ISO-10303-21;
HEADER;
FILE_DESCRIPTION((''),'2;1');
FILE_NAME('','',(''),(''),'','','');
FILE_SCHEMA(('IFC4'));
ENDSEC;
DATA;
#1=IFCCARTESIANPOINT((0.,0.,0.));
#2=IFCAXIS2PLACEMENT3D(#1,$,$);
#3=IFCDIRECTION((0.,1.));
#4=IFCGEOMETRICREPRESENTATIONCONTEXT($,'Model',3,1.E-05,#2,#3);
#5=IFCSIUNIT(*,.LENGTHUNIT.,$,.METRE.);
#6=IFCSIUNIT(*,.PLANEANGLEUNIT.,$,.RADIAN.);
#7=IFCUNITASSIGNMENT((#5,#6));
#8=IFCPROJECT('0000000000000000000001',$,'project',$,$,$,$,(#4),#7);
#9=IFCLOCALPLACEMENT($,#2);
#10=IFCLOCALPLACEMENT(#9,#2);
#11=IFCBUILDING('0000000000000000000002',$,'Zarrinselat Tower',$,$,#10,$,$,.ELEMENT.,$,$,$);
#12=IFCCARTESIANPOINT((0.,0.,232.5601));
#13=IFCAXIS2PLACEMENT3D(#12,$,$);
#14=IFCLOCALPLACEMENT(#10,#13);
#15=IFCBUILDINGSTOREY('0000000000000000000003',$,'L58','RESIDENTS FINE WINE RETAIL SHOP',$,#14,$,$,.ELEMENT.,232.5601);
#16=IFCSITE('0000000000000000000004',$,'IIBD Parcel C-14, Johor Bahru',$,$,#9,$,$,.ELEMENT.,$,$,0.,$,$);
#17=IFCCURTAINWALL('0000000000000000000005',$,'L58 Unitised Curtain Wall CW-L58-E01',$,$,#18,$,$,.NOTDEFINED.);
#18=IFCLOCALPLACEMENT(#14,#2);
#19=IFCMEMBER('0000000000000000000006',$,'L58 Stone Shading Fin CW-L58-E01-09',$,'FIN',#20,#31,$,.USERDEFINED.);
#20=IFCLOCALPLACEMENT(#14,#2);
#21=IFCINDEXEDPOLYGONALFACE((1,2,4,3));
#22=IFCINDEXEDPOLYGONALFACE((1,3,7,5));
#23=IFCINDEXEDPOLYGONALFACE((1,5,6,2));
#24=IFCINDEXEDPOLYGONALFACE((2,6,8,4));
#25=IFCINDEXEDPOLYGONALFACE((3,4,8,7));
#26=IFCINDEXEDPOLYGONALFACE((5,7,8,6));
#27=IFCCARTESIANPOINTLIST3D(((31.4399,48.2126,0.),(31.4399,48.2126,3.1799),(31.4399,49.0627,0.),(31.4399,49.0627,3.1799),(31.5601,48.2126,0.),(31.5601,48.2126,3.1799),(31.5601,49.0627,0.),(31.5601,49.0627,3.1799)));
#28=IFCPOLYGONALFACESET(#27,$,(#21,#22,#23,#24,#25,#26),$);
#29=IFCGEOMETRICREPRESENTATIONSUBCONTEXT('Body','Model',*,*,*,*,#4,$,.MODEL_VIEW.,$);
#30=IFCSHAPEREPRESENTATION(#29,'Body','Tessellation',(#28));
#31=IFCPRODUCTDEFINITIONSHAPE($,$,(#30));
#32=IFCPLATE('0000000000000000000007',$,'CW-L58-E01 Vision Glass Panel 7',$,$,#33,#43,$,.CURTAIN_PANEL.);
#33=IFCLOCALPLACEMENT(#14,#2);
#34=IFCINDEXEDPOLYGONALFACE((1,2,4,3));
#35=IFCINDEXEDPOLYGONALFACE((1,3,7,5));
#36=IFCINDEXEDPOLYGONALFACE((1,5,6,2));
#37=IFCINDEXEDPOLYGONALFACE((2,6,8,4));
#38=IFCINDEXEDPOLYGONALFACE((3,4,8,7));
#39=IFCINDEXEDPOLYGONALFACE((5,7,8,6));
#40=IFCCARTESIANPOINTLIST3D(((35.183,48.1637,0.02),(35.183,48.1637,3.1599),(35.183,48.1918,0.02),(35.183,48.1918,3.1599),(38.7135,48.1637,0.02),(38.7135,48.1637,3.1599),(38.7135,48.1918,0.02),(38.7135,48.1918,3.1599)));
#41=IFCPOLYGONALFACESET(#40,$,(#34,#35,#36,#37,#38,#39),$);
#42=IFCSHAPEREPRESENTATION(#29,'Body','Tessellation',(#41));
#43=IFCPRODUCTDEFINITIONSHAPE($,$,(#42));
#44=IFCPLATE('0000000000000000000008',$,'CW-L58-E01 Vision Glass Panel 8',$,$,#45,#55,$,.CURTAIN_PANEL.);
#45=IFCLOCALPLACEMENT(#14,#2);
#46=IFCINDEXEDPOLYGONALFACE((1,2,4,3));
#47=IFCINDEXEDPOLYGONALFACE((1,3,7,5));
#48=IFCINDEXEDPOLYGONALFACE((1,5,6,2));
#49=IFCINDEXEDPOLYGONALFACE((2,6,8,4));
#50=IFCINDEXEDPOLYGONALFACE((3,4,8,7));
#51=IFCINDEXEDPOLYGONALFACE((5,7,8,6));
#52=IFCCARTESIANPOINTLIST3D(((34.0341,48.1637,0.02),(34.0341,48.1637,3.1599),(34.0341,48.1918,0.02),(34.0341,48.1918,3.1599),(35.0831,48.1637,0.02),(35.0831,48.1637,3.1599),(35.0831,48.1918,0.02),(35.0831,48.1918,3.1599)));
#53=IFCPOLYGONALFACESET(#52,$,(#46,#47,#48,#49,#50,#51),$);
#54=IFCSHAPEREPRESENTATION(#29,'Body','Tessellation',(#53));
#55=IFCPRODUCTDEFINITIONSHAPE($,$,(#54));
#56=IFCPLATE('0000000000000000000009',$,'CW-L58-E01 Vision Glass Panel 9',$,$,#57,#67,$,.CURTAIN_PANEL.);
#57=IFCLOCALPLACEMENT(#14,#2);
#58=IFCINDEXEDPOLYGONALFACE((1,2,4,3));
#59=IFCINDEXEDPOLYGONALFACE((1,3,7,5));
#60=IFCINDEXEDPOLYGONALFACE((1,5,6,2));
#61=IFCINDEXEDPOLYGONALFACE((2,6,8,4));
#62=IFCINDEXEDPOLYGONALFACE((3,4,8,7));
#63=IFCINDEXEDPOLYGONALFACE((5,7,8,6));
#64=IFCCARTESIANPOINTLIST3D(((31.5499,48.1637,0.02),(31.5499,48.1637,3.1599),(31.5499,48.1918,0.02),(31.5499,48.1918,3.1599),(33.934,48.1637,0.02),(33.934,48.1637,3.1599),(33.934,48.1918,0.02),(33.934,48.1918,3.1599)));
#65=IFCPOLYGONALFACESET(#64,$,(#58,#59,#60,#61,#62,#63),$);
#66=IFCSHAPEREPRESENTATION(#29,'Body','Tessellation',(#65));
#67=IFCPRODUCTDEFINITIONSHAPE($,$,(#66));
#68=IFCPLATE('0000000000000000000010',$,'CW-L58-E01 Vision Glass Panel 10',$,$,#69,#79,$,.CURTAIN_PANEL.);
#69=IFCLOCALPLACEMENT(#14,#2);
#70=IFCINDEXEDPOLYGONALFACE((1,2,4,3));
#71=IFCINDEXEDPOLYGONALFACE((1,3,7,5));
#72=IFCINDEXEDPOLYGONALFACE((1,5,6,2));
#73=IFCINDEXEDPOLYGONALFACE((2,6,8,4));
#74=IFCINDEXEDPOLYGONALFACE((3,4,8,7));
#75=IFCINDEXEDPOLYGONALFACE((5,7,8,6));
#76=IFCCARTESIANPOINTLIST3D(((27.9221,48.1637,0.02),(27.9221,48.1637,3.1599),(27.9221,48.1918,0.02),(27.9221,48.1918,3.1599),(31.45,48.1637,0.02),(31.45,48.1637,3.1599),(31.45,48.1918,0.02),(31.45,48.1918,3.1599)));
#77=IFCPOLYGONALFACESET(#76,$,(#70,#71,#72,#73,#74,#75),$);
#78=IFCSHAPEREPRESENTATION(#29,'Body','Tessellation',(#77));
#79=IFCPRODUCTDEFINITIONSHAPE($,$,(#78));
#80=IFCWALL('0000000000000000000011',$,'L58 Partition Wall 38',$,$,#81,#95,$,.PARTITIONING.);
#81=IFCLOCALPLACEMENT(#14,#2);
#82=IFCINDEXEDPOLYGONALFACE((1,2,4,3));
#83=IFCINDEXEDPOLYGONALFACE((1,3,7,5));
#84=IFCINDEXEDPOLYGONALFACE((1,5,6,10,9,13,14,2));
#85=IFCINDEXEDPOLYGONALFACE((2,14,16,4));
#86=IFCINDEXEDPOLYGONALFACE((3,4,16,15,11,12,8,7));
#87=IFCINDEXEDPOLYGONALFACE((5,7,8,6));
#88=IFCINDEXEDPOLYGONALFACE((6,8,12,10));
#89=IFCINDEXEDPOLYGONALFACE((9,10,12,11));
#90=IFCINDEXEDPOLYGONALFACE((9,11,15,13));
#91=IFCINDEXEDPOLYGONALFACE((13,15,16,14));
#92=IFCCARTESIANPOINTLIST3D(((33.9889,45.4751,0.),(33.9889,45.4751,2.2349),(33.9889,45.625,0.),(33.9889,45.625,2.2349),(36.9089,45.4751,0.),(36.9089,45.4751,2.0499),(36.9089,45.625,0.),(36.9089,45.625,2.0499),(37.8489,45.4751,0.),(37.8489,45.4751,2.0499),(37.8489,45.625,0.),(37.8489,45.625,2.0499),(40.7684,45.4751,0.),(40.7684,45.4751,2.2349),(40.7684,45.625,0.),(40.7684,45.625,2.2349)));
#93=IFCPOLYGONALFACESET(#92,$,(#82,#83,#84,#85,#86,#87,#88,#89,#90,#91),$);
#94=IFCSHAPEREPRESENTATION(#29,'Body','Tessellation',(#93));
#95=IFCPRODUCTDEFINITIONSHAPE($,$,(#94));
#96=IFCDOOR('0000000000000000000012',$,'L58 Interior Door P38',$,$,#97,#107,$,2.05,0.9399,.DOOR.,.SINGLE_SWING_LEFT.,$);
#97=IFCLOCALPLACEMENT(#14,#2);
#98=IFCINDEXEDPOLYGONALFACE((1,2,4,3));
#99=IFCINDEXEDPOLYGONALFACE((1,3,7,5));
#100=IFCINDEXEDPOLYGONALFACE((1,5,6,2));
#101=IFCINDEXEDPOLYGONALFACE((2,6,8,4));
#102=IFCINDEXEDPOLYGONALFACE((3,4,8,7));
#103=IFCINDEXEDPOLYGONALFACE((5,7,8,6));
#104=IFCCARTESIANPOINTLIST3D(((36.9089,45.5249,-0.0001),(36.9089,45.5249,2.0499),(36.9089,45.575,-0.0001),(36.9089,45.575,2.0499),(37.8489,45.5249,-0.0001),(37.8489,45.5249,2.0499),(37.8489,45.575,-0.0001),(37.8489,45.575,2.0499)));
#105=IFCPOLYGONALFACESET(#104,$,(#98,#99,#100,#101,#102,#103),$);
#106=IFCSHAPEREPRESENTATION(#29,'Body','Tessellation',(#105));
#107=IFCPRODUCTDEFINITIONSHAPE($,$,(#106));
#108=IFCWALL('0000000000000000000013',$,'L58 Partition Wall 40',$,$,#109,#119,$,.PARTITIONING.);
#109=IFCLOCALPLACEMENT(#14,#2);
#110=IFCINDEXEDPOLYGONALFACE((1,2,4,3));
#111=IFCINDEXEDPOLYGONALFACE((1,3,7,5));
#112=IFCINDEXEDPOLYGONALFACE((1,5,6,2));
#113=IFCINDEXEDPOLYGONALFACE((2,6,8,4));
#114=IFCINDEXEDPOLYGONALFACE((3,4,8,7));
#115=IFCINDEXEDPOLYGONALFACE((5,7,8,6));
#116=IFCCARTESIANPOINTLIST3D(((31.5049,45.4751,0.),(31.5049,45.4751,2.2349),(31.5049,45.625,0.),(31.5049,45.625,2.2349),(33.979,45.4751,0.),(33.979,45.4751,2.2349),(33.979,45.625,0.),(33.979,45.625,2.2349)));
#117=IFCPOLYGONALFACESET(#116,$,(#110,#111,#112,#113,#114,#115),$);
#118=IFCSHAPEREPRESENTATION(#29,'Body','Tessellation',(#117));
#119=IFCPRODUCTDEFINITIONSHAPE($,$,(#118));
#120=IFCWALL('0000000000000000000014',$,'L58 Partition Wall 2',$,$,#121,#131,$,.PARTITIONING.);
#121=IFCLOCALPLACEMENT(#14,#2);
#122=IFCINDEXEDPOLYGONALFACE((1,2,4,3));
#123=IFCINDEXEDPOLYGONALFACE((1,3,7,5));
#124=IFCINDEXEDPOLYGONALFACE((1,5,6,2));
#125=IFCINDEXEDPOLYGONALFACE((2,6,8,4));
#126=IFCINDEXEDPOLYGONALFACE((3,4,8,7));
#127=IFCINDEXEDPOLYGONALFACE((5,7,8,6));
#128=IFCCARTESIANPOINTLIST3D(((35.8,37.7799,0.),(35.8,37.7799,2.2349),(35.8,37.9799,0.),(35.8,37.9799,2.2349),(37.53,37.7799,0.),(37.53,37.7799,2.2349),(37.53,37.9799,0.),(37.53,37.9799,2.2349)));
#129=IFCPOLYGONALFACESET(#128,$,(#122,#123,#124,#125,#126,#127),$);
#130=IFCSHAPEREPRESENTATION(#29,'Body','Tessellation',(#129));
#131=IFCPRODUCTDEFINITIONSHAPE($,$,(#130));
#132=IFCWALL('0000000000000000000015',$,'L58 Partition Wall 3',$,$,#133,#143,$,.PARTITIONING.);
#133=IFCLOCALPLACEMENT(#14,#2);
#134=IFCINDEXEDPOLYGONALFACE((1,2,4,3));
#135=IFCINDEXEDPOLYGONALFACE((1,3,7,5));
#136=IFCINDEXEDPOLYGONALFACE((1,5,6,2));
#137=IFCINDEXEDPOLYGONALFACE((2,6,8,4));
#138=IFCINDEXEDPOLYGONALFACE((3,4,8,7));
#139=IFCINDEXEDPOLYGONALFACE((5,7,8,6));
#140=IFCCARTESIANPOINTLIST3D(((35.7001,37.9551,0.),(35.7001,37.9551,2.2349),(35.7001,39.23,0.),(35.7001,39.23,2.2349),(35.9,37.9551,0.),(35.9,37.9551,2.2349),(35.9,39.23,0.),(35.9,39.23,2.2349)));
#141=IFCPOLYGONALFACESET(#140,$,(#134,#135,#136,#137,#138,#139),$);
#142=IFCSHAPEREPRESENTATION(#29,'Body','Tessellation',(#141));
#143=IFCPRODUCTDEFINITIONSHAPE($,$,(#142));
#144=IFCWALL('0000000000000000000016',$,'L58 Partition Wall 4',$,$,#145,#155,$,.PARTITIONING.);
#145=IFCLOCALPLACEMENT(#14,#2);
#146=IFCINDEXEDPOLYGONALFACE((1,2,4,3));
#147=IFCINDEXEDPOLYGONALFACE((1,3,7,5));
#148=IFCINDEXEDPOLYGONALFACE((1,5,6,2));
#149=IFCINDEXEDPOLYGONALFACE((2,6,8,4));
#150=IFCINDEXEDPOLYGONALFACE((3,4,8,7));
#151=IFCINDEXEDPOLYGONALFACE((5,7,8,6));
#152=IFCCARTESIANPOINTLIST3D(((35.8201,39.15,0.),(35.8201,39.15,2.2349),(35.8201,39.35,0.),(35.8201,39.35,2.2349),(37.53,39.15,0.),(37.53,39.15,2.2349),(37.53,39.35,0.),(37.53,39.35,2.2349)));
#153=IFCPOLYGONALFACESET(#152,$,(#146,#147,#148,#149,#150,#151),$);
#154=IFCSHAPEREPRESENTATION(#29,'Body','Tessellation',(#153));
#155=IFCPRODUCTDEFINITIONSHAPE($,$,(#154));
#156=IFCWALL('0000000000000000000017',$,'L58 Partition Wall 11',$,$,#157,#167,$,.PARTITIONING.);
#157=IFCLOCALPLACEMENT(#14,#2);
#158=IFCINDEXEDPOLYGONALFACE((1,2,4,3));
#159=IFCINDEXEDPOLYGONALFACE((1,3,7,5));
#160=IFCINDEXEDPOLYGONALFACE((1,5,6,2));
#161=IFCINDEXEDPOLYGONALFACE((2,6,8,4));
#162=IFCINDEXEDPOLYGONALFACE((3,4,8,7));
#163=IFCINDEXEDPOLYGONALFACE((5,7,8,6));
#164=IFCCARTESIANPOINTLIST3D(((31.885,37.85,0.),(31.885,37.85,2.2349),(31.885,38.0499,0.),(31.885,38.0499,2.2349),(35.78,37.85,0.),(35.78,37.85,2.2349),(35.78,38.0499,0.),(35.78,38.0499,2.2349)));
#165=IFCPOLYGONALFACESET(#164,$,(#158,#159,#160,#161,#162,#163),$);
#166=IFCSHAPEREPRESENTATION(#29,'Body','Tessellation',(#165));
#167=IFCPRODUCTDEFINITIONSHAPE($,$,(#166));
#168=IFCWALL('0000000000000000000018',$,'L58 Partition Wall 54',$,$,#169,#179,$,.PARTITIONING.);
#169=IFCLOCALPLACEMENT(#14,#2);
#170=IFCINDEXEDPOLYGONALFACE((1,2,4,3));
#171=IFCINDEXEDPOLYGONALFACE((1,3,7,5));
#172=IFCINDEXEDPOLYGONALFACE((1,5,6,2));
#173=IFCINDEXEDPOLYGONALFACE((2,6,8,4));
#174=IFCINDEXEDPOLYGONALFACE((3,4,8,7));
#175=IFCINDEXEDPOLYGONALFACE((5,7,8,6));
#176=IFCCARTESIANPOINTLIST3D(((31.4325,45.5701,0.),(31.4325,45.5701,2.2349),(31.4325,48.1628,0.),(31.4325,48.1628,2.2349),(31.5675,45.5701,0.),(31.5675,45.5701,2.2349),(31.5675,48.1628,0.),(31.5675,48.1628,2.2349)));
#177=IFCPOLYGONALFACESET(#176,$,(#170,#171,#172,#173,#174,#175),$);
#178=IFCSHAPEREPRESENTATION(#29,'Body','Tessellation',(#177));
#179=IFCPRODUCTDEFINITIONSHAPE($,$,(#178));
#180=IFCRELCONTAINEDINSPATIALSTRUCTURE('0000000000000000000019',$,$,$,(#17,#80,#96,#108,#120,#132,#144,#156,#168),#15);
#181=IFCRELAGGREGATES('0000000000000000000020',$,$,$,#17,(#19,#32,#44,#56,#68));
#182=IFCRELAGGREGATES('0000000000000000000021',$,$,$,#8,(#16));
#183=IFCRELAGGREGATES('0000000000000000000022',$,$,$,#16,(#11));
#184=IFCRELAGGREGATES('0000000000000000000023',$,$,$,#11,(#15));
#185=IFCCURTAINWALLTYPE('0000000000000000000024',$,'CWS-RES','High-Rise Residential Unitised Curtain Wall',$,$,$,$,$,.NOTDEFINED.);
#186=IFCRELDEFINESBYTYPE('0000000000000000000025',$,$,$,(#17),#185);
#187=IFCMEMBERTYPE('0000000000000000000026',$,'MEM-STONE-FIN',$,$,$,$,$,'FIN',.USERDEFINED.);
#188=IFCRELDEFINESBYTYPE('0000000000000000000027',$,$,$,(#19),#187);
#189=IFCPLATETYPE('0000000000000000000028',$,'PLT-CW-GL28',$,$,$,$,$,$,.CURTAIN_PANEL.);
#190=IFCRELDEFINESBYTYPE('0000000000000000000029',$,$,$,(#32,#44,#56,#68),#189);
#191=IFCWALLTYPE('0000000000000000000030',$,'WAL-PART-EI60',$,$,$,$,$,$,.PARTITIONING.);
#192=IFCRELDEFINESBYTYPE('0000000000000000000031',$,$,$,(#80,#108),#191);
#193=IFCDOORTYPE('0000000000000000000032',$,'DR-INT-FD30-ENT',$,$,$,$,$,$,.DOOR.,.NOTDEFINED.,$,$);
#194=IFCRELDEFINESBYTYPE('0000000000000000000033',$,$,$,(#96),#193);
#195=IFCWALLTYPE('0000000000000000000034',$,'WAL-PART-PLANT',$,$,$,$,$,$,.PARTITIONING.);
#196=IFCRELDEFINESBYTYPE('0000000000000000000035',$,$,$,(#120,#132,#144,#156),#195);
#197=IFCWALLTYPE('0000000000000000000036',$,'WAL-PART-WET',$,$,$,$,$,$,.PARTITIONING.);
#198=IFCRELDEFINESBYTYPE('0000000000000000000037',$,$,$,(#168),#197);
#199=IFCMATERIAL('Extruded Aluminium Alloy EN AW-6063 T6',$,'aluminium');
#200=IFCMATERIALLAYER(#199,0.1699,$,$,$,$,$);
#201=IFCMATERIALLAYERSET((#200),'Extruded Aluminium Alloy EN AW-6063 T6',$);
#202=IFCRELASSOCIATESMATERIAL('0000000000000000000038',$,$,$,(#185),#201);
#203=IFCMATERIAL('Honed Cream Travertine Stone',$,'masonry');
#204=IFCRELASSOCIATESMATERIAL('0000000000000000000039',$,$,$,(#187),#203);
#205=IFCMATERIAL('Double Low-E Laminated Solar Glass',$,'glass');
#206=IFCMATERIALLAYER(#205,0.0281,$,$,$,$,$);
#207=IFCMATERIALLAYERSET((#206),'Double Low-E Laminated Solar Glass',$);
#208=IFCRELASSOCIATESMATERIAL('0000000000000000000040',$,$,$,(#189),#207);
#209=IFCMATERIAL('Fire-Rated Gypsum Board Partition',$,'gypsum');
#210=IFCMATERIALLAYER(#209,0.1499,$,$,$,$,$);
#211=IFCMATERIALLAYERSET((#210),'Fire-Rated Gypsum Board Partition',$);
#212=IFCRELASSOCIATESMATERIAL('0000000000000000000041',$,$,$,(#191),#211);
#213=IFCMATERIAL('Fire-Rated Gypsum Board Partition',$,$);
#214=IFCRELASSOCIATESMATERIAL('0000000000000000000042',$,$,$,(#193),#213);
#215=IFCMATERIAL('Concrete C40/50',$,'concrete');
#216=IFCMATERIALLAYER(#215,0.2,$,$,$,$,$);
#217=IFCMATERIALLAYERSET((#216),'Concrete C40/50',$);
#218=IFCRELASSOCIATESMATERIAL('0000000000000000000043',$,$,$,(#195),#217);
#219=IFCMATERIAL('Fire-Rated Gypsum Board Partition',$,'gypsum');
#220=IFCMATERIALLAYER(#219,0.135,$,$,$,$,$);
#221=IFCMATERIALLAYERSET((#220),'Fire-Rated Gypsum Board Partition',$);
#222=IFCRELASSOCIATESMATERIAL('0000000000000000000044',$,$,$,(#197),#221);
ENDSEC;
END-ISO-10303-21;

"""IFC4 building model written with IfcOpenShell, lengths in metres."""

from ifc_helpers import new_model, si_unit, direction, frame, frame_2d, origin, origin_2d, place, context, subcontext, project, spatial, rectangle, extrude, material, layer, layer_set, material_profile, profile_set, type_object, element, fill, aggregate, save


model = new_model("IFC4")

# Units and contexts
model_context = context("Model", 3, precision=1e-05, world=origin(), true_north=direction((0.0, 1.0)))
body_context = subcontext(model_context, "Body", "Model", "MODEL_VIEW")
ifc_project = project(units=[si_unit("LENGTHUNIT", "METRE"), si_unit("PLANEANGLEUNIT", "RADIAN")], contexts=[model_context])

# Site, building, storey
site_placement = place(None, origin())
site = spatial("IfcSite", under=ifc_project, at=site_placement, Name="IIBD Parcel C-14, Johor Bahru", CompositionType="ELEMENT", RefElevation=0.0)
building_placement = place(site_placement, origin())
building = spatial("IfcBuilding", under=site, at=building_placement, Name="Zarrinselat Tower", CompositionType="ELEMENT")
storey_placement = place(building_placement, frame((0.0, 0.0, 232.5601)))
storey = spatial("IfcBuildingStorey", under=building, at=storey_placement, Name="L58", Description="RESIDENTS FINE WINE RETAIL SHOP", CompositionType="ELEMENT", Elevation=232.5601)

# Curtain wall, member, plates
ifc_material_1 = material(Name="Extruded Aluminium Alloy EN AW-6063 T6", Category="aluminium")
ifc_layer_1 = layer(ifc_material_1, 0.1699)
ifc_layer_set_1 = layer_set([ifc_layer_1], Name="Extruded Aluminium Alloy EN AW-6063 T6")
curtain_wall_type = type_object("IfcCurtainWallType", Name="CWS-RES", Description="High-Rise Residential Unitised Curtain Wall", PredefinedType="NOTDEFINED", material=ifc_layer_set_1)
curtain_wall_placement = place(storey_placement, origin())
curtain_wall = element("IfcCurtainWall", 1, at=curtain_wall_placement, inside=storey, type_object=curtain_wall_type, Name="L58 Unitised Curtain Wall CW-L58-E01", PredefinedType="NOTDEFINED")
ifc_material_2 = material(Name="Honed Cream Travertine Stone", Category="masonry")
ifc_material_profile_1 = material_profile(ifc_material_2, rectangle(XDim=0.1201, YDim=0.8501, at=origin_2d()), Name="FIN 850x120")
ifc_profile_set_1 = profile_set([ifc_material_profile_1], Name="Honed Cream Travertine Stone")
member_type_1 = type_object("IfcMemberType", Name="MEM-STONE-FIN", ElementType="FIN", PredefinedType="USERDEFINED", material=ifc_profile_set_1)
member_1_placement = place(storey_placement, frame((31.5, 48.6377, 0.0), z_axis=(0.0, 0.0, 1.0), x_axis=(1.0, 0.0, 0.0)))
member_1 = element("IfcMember", 2, at=member_1_placement, type_object=member_type_1, Name="L58 Stone Shading Fin CW-L58-E01-09", ObjectType="FIN", PredefinedType="USERDEFINED", context=body_context, shape_type="SweptSolid", body=[
    extrude(rectangle(XDim=0.1201, YDim=0.8501, at=origin_2d()), origin(), (0.0, 0.0, 1.0), 3.1799),
])
ifc_material_3 = material(Name="Double Low-E Laminated Solar Glass", Category="glass")
ifc_layer_2 = layer(ifc_material_3, 0.0281)
ifc_layer_set_2 = layer_set([ifc_layer_2], Name="Double Low-E Laminated Solar Glass")
plate_type = type_object("IfcPlateType", Name="PLT-CW-GL28", PredefinedType="CURTAIN_PANEL", material=ifc_layer_set_2)
plate_1_placement = place(storey_placement, frame((36.9482, 48.1777, 0.02), z_axis=(0.0, 0.0, 1.0), x_axis=(-1.0, 0.0, 0.0)))
plate_1 = element("IfcPlate", 3, at=plate_1_placement, type_object=plate_type, Name="CW-L58-E01 Vision Glass Panel 7", PredefinedType="CURTAIN_PANEL", context=body_context, shape_type="SweptSolid", body=[
    extrude(rectangle(XDim=3.5305, YDim=0.0281, at=origin_2d()), origin(), (0.0, 0.0, 1.0), 3.1399),
])
plate_2_placement = place(storey_placement, frame((34.5586, 48.1777, 0.02), z_axis=(0.0, 0.0, 1.0), x_axis=(-1.0, 0.0, 0.0)))
plate_2 = element("IfcPlate", 4, at=plate_2_placement, type_object=plate_type, Name="CW-L58-E01 Vision Glass Panel 8", PredefinedType="CURTAIN_PANEL", context=body_context, shape_type="SweptSolid", body=[
    extrude(rectangle(XDim=1.0491, YDim=0.0281, at=origin_2d()), origin(), (0.0, 0.0, 1.0), 3.1399),
])
plate_3_placement = place(storey_placement, frame((32.7419, 48.1777, 0.02), z_axis=(0.0, 0.0, 1.0), x_axis=(-1.0, 0.0, 0.0)))
plate_3 = element("IfcPlate", 5, at=plate_3_placement, type_object=plate_type, Name="CW-L58-E01 Vision Glass Panel 9", PredefinedType="CURTAIN_PANEL", context=body_context, shape_type="SweptSolid", body=[
    extrude(rectangle(XDim=2.384, YDim=0.0281, at=origin_2d()), origin(), (0.0, 0.0, 1.0), 3.1399),
])
plate_4_placement = place(storey_placement, frame((29.686, 48.1777, 0.02), z_axis=(0.0, 0.0, 1.0), x_axis=(-1.0, 0.0, 0.0)))
plate_4 = element("IfcPlate", 6, at=plate_4_placement, type_object=plate_type, Name="CW-L58-E01 Vision Glass Panel 10", PredefinedType="CURTAIN_PANEL", context=body_context, shape_type="SweptSolid", body=[
    extrude(rectangle(XDim=3.5278, YDim=0.0281, at=origin_2d()), origin(), (0.0, 0.0, 1.0), 3.1399),
])
aggregate(curtain_wall, [member_1, plate_1, plate_2, plate_3, plate_4])

# Wall, opening, door
ifc_material_4 = material(Name="Fire-Rated Gypsum Board Partition", Category="gypsum")
ifc_layer_3 = layer(ifc_material_4, 0.1499)
ifc_layer_set_3 = layer_set([ifc_layer_3], Name="Fire-Rated Gypsum Board Partition")
wall_type_1 = type_object("IfcWallType", Name="WAL-PART-EI60", PredefinedType="PARTITIONING", material=ifc_layer_set_3)
wall_1_placement = place(storey_placement, frame((33.989, 45.55, 0.0), z_axis=(0.0, 0.0, 1.0), x_axis=(1.0, 0.0, 0.0)))
wall_1 = element("IfcWall", 7, at=wall_1_placement, inside=storey, type_object=wall_type_1, Name="L58 Partition Wall 38", PredefinedType="PARTITIONING", context=body_context, shape_type="SweptSolid", body=[
    extrude(rectangle(XDim=6.7795, YDim=0.1499, at=frame_2d((3.3896, 0.0))), origin(), (0.0, 0.0, 1.0), 2.2349),
])
opening_1_placement = place(wall_1_placement, frame((2.9199, 0.0, 0.0)))
opening_1 = element("IfcOpeningElement", 8, at=opening_1_placement, cuts=wall_1, PredefinedType="OPENING", context=body_context, shape_type="SweptSolid", body=[
    extrude(rectangle(XDim=0.9399, YDim=2.05, at=frame_2d((0.47, 1.0249))), frame((0.0, 0.085, 0.0), z_axis=(0.0, -1.0, 0.0), x_axis=(1.0, 0.0, 0.0)), (0.0, 0.0, 1.0), 0.1699),
])
ifc_material_5 = material(Name="Fire-Rated Gypsum Board Partition")
door_type_1 = type_object("IfcDoorType", Name="DR-INT-FD30-ENT", OperationType="NOTDEFINED", PredefinedType="DOOR", material=ifc_material_5)
door_1_placement = place(opening_1_placement, origin())
door_1 = element("IfcDoor", 9, at=door_1_placement, inside=storey, type_object=door_type_1, Name="L58 Interior Door P38", OperationType="SINGLE_SWING_LEFT", OverallHeight=2.05, OverallWidth=0.9399, PredefinedType="DOOR", context=body_context, shape_type="SweptSolid", body=[
    extrude(rectangle(XDim=0.9399, YDim=2.05, at=frame_2d((0.47, 1.0249))), frame((0.0, 0.0249, 0.0), z_axis=(0.0, -1.0, 0.0), x_axis=(1.0, 0.0, 0.0)), (0.0, 0.0, 1.0), 0.05),
])
fill(opening_1, door_1)

# Walls
wall_2_placement = place(storey_placement, frame((31.5049, 45.55, 0.0), z_axis=(0.0, 0.0, 1.0), x_axis=(1.0, 0.0, 0.0)))
element("IfcWall", 10, at=wall_2_placement, inside=storey, type_object=wall_type_1, Name="L58 Partition Wall 40", PredefinedType="PARTITIONING", context=body_context, shape_type="SweptSolid", body=[
    extrude(rectangle(XDim=2.4741, YDim=0.1499, at=frame_2d((1.2371, 0.0))), origin(), (0.0, 0.0, 1.0), 2.2349),
])
ifc_material_6 = material(Name="Concrete C40/50", Category="concrete")
ifc_layer_4 = layer(ifc_material_6, 0.2)
ifc_layer_set_4 = layer_set([ifc_layer_4], Name="Concrete C40/50")
wall_type_2 = type_object("IfcWallType", Name="WAL-PART-PLANT", PredefinedType="PARTITIONING", material=ifc_layer_set_4)
wall_3_placement = place(storey_placement, frame((35.8, 37.8799, 0.0), z_axis=(0.0, 0.0, 1.0), x_axis=(1.0, 0.0, 0.0)))
element("IfcWall", 11, at=wall_3_placement, inside=storey, type_object=wall_type_2, Name="L58 Partition Wall 2", PredefinedType="PARTITIONING", context=body_context, shape_type="SweptSolid", body=[
    extrude(rectangle(XDim=1.73, YDim=0.2, at=frame_2d((0.865, 0.0))), origin(), (0.0, 0.0, 1.0), 2.2349),
])
wall_4_placement = place(storey_placement, frame((35.8, 37.9551, 0.0), z_axis=(0.0, 0.0, 1.0), x_axis=(0.0, 1.0, 0.0)))
element("IfcWall", 12, at=wall_4_placement, inside=storey, type_object=wall_type_2, Name="L58 Partition Wall 3", PredefinedType="PARTITIONING", context=body_context, shape_type="SweptSolid", body=[
    extrude(rectangle(XDim=1.2749, YDim=0.2, at=frame_2d((0.6375, 0.0))), origin(), (0.0, 0.0, 1.0), 2.2349),
])
wall_5_placement = place(storey_placement, frame((35.8201, 39.25, 0.0), z_axis=(0.0, 0.0, 1.0), x_axis=(1.0, 0.0, 0.0)))
element("IfcWall", 13, at=wall_5_placement, inside=storey, type_object=wall_type_2, Name="L58 Partition Wall 4", PredefinedType="PARTITIONING", context=body_context, shape_type="SweptSolid", body=[
    extrude(rectangle(XDim=1.71, YDim=0.2, at=frame_2d((0.855, 0.0))), origin(), (0.0, 0.0, 1.0), 2.2349),
])
wall_6_placement = place(storey_placement, frame((31.885, 37.95, 0.0), z_axis=(0.0, 0.0, 1.0), x_axis=(1.0, 0.0, 0.0)))
element("IfcWall", 14, at=wall_6_placement, inside=storey, type_object=wall_type_2, Name="L58 Partition Wall 11", PredefinedType="PARTITIONING", context=body_context, shape_type="SweptSolid", body=[
    extrude(rectangle(XDim=3.895, YDim=0.2, at=frame_2d((1.9475, 0.0))), origin(), (0.0, 0.0, 1.0), 2.2349),
])
ifc_material_7 = material(Name="Fire-Rated Gypsum Board Partition", Category="gypsum")
ifc_layer_5 = layer(ifc_material_7, 0.135)
ifc_layer_set_5 = layer_set([ifc_layer_5], Name="Fire-Rated Gypsum Board Partition")
wall_type_3 = type_object("IfcWallType", Name="WAL-PART-WET", PredefinedType="PARTITIONING", material=ifc_layer_set_5)
wall_7_placement = place(storey_placement, frame((31.5, 45.5701, 0.0), z_axis=(0.0, 0.0, 1.0), x_axis=(0.0, 1.0, 0.0)))
element("IfcWall", 15, at=wall_7_placement, inside=storey, type_object=wall_type_3, Name="L58 Partition Wall 54", PredefinedType="PARTITIONING", context=body_context, shape_type="SweptSolid", body=[
    extrude(rectangle(XDim=2.5928, YDim=0.135, at=frame_2d((1.2964, 0.0))), origin(), (0.0, 0.0, 1.0), 2.2349),
])

save(model, "model.ifc")
